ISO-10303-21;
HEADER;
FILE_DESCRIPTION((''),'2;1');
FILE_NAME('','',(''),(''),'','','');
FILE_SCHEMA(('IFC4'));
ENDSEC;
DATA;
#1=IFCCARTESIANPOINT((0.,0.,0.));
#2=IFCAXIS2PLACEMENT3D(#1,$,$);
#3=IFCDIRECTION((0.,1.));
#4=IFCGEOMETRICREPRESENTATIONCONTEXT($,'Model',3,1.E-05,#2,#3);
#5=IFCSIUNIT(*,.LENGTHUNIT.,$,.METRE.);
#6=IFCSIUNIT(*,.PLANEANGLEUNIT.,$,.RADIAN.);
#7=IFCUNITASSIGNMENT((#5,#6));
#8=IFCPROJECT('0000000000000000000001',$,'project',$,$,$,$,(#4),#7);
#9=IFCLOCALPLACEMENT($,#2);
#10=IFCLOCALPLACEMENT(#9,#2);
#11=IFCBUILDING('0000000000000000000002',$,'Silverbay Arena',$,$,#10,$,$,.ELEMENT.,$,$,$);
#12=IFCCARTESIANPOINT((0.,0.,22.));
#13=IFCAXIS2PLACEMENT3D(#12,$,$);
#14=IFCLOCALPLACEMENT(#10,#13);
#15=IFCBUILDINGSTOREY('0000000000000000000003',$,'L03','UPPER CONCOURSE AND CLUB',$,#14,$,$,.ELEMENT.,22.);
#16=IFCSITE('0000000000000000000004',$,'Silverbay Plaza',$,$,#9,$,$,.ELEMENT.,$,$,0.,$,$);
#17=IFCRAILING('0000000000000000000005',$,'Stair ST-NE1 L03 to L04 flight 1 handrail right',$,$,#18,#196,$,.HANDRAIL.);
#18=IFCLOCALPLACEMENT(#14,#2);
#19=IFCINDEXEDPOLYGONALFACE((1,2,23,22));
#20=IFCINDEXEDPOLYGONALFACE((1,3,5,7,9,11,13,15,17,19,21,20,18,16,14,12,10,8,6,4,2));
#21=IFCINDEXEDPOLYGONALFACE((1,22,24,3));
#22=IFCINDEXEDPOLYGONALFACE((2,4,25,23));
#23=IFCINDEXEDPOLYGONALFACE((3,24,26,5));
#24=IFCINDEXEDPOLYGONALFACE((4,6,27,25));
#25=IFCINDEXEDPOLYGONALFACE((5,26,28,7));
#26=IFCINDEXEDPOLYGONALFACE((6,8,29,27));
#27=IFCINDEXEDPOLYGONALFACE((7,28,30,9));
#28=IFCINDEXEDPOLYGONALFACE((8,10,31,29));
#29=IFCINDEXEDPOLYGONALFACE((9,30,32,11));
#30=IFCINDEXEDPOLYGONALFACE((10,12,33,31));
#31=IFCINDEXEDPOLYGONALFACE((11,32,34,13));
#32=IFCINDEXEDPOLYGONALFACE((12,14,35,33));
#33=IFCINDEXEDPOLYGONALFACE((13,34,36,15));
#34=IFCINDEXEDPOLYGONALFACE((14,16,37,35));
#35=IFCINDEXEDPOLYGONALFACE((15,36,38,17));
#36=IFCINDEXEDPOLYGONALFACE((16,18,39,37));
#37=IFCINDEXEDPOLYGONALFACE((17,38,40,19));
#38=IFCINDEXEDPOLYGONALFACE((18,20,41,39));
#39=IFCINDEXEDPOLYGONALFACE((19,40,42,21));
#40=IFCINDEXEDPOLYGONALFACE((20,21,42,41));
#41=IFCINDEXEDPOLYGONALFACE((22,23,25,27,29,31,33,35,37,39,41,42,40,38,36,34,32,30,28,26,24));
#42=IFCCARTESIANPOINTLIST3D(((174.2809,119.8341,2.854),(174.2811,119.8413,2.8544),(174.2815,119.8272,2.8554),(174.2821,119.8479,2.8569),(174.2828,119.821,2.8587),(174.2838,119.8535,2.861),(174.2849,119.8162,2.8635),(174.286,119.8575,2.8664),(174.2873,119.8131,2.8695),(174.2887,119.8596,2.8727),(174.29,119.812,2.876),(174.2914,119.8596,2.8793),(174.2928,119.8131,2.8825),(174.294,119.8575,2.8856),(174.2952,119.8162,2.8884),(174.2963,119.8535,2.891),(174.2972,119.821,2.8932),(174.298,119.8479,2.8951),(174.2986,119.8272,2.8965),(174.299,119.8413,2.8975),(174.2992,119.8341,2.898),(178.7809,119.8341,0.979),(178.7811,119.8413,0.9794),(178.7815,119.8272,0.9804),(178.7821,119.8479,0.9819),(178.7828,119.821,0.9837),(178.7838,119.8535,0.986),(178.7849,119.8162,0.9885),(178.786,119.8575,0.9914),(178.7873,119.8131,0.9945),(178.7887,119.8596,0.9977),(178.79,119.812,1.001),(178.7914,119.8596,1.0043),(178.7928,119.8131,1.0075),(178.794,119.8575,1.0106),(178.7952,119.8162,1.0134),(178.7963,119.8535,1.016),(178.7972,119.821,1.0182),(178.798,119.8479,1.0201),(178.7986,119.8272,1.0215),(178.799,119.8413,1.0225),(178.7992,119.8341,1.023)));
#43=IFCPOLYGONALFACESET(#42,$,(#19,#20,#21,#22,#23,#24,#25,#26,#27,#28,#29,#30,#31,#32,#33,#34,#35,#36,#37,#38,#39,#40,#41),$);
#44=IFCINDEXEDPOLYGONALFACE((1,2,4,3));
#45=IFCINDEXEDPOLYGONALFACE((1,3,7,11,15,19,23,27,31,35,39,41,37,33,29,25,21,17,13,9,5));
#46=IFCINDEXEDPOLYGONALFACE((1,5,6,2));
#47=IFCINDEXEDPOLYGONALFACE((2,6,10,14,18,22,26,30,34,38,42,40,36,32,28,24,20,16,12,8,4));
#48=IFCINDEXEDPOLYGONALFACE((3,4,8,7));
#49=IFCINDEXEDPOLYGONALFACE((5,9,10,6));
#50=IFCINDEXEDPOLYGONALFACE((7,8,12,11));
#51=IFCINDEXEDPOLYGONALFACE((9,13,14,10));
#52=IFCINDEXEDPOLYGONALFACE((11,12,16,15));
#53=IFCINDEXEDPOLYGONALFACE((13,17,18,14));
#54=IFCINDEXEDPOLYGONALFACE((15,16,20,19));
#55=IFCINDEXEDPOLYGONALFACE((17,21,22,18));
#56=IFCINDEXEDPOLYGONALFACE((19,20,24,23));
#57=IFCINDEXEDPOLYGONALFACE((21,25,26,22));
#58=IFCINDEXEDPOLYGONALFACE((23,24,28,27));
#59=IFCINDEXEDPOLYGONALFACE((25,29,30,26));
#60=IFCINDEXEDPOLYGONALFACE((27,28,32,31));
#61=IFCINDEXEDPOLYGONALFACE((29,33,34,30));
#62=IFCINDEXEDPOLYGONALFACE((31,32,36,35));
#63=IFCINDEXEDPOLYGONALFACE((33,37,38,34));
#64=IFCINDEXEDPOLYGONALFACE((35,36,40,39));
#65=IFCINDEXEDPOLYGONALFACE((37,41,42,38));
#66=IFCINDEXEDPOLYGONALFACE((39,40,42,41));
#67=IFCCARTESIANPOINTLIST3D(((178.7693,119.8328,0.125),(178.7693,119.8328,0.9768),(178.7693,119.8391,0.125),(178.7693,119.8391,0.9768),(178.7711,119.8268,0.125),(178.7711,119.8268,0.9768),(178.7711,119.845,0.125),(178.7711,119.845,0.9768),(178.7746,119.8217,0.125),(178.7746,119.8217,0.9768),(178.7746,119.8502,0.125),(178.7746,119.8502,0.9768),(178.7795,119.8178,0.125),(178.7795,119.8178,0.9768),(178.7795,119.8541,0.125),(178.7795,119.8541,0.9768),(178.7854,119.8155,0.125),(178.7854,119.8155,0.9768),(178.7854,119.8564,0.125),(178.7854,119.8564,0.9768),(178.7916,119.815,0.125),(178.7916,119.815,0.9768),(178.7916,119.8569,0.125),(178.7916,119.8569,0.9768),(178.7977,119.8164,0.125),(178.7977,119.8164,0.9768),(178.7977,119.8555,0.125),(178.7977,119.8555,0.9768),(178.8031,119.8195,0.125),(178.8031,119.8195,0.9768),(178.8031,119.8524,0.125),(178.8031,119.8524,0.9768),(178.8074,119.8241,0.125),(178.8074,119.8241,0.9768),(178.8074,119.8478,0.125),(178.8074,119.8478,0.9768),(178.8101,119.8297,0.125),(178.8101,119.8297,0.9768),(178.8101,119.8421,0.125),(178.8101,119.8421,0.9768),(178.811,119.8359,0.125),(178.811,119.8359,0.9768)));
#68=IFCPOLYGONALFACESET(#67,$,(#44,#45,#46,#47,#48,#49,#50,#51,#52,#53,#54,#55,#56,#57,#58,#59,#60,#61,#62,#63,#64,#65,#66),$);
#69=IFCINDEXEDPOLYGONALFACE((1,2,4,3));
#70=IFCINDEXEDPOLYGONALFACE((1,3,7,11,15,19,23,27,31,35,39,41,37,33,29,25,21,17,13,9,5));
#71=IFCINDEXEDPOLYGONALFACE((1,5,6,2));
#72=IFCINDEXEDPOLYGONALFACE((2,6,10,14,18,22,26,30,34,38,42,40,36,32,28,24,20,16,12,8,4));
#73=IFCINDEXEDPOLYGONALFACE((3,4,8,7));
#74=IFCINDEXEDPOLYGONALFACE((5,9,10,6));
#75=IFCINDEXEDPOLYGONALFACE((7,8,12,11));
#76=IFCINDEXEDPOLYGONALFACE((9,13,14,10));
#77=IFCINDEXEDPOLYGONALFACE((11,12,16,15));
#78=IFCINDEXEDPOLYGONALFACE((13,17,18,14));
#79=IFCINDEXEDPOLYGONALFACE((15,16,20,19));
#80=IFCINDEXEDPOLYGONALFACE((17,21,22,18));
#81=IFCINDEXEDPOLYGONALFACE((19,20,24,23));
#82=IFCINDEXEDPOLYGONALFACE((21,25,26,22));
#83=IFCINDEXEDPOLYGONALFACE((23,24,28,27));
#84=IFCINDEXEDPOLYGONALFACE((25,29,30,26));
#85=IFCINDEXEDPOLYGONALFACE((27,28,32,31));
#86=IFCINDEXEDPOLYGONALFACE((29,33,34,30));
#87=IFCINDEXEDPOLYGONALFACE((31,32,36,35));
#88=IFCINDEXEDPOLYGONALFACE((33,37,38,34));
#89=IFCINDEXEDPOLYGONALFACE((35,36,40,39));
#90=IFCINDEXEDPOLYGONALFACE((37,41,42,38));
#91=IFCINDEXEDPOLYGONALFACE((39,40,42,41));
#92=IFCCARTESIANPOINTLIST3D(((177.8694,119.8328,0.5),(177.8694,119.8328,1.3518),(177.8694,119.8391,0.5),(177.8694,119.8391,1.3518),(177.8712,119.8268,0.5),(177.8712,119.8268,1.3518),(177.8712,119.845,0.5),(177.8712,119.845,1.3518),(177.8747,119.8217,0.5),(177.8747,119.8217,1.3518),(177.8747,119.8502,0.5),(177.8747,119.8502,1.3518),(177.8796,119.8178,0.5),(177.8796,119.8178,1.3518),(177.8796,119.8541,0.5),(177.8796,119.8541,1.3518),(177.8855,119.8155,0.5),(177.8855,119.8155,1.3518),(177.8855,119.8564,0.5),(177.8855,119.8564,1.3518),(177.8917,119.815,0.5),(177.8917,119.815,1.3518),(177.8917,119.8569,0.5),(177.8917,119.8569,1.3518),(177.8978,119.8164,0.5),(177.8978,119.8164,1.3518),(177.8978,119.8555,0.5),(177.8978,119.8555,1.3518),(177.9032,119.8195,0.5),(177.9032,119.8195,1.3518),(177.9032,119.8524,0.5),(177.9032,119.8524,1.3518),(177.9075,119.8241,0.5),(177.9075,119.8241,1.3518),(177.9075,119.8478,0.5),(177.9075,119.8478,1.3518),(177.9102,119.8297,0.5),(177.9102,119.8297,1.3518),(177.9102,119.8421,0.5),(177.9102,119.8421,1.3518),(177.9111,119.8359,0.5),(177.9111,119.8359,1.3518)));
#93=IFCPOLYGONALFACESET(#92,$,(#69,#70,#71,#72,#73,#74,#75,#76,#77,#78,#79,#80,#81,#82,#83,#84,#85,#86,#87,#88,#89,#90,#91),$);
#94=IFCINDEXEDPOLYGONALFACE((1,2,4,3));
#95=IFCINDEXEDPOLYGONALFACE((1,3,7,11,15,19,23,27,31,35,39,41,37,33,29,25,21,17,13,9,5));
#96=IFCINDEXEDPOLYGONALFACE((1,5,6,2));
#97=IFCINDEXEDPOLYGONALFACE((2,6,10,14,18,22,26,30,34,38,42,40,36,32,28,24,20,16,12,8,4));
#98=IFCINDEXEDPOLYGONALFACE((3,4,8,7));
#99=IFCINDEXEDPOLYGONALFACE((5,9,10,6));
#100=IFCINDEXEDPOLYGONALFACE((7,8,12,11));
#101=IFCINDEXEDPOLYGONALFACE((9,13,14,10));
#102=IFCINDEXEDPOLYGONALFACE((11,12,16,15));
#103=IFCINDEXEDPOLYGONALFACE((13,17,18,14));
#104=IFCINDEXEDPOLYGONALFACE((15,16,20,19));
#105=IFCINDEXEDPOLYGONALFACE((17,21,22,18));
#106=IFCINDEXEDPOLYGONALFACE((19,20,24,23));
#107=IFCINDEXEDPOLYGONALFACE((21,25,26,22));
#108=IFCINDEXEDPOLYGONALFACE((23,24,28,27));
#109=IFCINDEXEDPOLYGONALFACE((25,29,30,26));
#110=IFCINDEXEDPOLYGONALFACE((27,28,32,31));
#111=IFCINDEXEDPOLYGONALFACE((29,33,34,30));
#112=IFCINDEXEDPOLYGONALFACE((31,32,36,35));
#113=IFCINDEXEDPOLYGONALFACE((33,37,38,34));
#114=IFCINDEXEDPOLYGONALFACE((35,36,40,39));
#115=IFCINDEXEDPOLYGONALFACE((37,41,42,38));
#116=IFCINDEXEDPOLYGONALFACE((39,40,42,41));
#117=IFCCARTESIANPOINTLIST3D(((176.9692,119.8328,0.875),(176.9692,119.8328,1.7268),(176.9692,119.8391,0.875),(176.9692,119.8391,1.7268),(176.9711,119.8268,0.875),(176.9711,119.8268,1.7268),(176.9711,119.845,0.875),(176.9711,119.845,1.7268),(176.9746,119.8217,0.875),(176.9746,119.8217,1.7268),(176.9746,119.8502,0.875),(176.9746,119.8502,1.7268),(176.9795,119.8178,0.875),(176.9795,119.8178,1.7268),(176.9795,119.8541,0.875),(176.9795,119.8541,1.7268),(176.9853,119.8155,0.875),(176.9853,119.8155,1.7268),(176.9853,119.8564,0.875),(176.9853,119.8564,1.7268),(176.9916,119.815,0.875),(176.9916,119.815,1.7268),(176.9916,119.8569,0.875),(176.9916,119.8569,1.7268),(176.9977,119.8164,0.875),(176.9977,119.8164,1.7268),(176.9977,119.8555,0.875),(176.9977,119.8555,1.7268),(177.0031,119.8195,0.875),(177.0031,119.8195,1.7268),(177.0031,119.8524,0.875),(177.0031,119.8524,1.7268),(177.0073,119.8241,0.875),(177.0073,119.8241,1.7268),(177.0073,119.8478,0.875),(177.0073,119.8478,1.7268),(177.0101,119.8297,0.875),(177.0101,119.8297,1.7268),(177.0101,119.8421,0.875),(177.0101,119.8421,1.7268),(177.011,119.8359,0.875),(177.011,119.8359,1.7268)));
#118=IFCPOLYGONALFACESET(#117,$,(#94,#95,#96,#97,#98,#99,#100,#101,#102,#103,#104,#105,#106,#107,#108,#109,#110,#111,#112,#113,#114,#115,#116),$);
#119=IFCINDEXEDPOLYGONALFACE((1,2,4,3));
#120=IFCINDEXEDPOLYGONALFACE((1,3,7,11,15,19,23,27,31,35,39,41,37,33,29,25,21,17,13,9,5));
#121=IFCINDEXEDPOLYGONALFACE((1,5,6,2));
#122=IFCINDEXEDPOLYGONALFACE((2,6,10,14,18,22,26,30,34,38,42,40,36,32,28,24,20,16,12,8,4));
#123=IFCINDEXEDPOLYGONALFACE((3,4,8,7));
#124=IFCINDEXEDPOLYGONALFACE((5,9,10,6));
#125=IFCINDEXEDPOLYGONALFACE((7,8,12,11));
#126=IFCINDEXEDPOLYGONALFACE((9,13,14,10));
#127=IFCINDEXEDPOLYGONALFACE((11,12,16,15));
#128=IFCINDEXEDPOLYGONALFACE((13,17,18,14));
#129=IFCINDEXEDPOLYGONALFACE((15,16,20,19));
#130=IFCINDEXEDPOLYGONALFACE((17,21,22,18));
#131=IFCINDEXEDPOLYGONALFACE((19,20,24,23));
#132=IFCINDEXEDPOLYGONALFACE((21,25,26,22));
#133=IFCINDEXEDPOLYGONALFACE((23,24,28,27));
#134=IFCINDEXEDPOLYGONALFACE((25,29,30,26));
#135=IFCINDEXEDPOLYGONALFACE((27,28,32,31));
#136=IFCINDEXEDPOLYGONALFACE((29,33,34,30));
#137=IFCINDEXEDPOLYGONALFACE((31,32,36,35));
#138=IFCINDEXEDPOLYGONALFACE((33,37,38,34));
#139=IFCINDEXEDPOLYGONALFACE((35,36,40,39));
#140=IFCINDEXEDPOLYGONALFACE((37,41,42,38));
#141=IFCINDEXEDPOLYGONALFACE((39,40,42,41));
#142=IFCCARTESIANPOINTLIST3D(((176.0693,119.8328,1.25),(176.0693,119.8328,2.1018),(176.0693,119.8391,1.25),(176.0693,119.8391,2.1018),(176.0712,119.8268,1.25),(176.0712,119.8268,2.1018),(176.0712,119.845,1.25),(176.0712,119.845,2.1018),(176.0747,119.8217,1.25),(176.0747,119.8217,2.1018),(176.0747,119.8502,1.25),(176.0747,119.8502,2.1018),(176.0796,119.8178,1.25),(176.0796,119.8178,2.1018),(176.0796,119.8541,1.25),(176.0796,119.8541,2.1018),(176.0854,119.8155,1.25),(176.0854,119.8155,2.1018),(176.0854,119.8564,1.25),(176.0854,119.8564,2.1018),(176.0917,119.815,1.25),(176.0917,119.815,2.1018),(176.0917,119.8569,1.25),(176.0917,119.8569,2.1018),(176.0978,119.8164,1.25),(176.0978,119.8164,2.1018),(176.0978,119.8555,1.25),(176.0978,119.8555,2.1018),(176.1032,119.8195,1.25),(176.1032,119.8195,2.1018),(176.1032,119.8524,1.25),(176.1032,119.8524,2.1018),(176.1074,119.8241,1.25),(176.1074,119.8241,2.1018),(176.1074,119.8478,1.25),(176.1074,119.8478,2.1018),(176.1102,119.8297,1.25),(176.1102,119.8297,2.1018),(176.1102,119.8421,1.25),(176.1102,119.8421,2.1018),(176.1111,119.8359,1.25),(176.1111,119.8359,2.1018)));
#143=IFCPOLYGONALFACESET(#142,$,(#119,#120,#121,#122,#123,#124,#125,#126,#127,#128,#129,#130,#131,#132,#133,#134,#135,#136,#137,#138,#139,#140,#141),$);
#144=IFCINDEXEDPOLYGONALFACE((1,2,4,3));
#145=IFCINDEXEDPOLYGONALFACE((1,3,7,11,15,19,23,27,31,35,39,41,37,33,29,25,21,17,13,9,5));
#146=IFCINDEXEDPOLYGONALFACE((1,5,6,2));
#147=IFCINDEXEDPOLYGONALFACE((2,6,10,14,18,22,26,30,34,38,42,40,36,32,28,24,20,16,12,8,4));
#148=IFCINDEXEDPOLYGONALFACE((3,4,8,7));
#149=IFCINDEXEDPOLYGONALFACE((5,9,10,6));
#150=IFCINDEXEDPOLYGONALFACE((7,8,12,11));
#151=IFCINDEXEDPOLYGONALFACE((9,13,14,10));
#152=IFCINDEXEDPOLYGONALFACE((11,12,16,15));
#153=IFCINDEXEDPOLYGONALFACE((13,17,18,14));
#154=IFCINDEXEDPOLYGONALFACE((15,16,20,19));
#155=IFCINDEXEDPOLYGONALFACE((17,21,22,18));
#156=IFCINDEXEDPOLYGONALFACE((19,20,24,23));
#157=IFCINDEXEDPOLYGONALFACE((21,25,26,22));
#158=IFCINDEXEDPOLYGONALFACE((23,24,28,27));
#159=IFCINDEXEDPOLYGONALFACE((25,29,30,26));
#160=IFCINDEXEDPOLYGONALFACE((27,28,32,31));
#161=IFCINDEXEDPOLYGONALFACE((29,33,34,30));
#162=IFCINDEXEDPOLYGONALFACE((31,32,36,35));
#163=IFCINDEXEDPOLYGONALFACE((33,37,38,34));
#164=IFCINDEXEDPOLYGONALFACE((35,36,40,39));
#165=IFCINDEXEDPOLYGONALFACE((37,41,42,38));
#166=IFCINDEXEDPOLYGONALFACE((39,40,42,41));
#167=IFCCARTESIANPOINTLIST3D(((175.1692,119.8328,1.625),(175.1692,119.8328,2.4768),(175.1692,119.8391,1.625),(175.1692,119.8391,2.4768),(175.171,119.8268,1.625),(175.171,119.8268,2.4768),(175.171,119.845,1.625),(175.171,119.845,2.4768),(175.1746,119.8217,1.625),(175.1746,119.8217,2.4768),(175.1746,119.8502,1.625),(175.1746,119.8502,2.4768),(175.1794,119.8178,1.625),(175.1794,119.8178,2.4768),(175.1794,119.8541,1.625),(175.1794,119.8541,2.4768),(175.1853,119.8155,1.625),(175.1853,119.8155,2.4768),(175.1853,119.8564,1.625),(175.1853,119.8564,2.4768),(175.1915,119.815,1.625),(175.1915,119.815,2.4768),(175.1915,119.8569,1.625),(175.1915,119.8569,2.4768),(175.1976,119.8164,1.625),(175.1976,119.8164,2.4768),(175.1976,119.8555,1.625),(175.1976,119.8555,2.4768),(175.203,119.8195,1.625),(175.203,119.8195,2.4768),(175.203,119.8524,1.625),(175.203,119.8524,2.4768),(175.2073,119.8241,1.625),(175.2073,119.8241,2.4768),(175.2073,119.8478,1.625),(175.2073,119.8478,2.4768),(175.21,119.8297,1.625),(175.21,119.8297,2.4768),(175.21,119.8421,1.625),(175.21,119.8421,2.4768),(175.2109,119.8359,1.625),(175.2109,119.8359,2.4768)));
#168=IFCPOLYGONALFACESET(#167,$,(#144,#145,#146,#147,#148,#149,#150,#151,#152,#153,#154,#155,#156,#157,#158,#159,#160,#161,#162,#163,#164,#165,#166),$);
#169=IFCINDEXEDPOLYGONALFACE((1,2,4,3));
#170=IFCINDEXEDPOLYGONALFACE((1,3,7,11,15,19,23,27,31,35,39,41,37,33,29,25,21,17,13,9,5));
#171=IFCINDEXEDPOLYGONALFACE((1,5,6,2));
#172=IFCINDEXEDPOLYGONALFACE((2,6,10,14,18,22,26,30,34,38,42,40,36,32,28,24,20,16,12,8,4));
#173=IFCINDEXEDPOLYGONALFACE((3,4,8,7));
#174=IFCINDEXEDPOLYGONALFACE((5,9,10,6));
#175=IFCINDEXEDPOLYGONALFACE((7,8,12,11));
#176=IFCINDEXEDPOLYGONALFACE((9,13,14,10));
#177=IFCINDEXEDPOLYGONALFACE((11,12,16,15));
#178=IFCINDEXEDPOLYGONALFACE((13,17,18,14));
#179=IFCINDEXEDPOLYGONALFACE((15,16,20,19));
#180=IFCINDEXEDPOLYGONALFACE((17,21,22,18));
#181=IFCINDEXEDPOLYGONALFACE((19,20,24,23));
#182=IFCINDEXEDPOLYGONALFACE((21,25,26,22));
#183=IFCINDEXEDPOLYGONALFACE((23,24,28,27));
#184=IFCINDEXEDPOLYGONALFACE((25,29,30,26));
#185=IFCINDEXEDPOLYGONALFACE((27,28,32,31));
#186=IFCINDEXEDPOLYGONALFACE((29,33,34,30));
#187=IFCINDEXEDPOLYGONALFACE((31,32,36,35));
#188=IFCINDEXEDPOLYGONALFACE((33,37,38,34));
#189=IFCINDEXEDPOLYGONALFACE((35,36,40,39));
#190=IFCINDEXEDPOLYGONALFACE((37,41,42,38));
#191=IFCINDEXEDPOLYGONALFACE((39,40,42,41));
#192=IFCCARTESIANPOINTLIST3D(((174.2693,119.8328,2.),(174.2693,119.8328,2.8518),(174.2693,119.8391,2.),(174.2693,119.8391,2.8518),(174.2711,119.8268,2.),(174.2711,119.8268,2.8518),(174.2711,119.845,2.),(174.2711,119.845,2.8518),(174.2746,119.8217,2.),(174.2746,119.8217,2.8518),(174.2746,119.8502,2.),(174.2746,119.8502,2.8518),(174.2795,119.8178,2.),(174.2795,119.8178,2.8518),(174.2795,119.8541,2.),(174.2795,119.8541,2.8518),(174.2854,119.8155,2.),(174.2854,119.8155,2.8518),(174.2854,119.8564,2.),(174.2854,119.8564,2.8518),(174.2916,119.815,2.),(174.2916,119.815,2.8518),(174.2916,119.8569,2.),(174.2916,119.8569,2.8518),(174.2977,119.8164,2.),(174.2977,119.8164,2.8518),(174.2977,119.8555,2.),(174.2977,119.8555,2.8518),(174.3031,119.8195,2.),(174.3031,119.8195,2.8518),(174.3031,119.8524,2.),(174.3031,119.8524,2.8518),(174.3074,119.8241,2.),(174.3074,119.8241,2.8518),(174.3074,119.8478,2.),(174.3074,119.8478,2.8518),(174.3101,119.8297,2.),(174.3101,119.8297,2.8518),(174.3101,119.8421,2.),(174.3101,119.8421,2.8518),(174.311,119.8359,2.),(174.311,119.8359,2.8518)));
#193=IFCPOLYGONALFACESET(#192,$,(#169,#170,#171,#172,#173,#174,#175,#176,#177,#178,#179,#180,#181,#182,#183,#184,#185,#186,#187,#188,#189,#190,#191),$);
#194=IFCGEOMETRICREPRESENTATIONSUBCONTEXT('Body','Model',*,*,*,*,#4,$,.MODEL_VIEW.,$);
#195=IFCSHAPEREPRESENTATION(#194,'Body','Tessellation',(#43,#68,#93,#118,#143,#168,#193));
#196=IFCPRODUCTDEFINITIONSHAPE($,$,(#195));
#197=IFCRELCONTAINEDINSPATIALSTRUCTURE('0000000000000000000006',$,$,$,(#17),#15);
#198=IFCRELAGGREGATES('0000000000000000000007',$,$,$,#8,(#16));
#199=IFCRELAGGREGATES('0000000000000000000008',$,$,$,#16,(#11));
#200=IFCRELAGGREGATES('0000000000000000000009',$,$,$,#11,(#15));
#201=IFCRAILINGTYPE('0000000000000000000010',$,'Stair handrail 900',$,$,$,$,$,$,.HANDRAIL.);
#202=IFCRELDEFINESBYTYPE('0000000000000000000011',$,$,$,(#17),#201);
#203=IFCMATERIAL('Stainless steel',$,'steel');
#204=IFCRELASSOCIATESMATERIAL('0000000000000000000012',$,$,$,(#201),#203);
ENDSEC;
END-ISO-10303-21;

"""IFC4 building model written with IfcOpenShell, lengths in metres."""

from ifc_helpers import new_model, si_unit, direction, frame, origin, origin_2d, place, context, subcontext, project, spatial, circle, extrude, material, type_object, element, save


model = new_model("IFC4")

# Units and contexts
model_context = context("Model", 3, precision=1e-05, world=origin(), true_north=direction((0.0, 1.0)))
body_context = subcontext(model_context, "Body", "Model", "MODEL_VIEW")
ifc_project = project(units=[si_unit("LENGTHUNIT", "METRE"), si_unit("PLANEANGLEUNIT", "RADIAN")], contexts=[model_context])

# Site, building, storey
site_placement = place(None, origin())
site = spatial("IfcSite", under=ifc_project, at=site_placement, Name="Silverbay Plaza", CompositionType="ELEMENT", RefElevation=0.0)
building_placement = place(site_placement, origin())
building = spatial("IfcBuilding", under=site, at=building_placement, Name="Silverbay Arena", CompositionType="ELEMENT")
storey_placement = place(building_placement, frame((0.0, 0.0, 22.0)))
storey = spatial("IfcBuildingStorey", under=building, at=storey_placement, Name="L03", Description="UPPER CONCOURSE AND CLUB", CompositionType="ELEMENT", Elevation=22.0)

# Railing
ifc_material_1 = material(Name="Stainless steel", Category="steel")
railing_type_1 = type_object("IfcRailingType", Name="Stair handrail 900", PredefinedType="HANDRAIL", material=ifc_material_1)
railing_1_placement = place(storey_placement, frame((178.79, 119.8359, 0.125)))
element("IfcRailing", 1, at=railing_1_placement, inside=storey, type_object=railing_type_1, Name="Stair ST-NE1 L03 to L04 flight 1 handrail right", PredefinedType="HANDRAIL", context=body_context, shape_type="SweptSolid", body=[
    extrude(circle(Radius=0.0239, at=origin_2d()), frame((0.0, 0.0, 0.876), z_axis=(-0.923077, 0.0, 0.384615), x_axis=(0.0, -1.0, 0.0)), (0.0, 0.0, 1.0), 4.875),
    extrude(circle(Radius=0.021, at=origin_2d()), origin(), (0.0, 0.0, 1.0), 0.8518),
    extrude(circle(Radius=0.021, at=origin_2d()), frame((-0.8999, 0.0, 0.375)), (0.0, 0.0, 1.0), 0.8518),
    extrude(circle(Radius=0.021, at=origin_2d()), frame((-1.8, 0.0, 0.75)), (0.0, 0.0, 1.0), 0.8518),
    extrude(circle(Radius=0.021, at=origin_2d()), frame((-2.7, 0.0, 1.125)), (0.0, 0.0, 1.0), 0.8518),
    extrude(circle(Radius=0.021, at=origin_2d()), frame((-3.6001, 0.0, 1.5)), (0.0, 0.0, 1.0), 0.8518),
    extrude(circle(Radius=0.021, at=origin_2d()), frame((-4.5, 0.0, 1.875)), (0.0, 0.0, 1.0), 0.8518),
])

save(model, "model.ifc")
